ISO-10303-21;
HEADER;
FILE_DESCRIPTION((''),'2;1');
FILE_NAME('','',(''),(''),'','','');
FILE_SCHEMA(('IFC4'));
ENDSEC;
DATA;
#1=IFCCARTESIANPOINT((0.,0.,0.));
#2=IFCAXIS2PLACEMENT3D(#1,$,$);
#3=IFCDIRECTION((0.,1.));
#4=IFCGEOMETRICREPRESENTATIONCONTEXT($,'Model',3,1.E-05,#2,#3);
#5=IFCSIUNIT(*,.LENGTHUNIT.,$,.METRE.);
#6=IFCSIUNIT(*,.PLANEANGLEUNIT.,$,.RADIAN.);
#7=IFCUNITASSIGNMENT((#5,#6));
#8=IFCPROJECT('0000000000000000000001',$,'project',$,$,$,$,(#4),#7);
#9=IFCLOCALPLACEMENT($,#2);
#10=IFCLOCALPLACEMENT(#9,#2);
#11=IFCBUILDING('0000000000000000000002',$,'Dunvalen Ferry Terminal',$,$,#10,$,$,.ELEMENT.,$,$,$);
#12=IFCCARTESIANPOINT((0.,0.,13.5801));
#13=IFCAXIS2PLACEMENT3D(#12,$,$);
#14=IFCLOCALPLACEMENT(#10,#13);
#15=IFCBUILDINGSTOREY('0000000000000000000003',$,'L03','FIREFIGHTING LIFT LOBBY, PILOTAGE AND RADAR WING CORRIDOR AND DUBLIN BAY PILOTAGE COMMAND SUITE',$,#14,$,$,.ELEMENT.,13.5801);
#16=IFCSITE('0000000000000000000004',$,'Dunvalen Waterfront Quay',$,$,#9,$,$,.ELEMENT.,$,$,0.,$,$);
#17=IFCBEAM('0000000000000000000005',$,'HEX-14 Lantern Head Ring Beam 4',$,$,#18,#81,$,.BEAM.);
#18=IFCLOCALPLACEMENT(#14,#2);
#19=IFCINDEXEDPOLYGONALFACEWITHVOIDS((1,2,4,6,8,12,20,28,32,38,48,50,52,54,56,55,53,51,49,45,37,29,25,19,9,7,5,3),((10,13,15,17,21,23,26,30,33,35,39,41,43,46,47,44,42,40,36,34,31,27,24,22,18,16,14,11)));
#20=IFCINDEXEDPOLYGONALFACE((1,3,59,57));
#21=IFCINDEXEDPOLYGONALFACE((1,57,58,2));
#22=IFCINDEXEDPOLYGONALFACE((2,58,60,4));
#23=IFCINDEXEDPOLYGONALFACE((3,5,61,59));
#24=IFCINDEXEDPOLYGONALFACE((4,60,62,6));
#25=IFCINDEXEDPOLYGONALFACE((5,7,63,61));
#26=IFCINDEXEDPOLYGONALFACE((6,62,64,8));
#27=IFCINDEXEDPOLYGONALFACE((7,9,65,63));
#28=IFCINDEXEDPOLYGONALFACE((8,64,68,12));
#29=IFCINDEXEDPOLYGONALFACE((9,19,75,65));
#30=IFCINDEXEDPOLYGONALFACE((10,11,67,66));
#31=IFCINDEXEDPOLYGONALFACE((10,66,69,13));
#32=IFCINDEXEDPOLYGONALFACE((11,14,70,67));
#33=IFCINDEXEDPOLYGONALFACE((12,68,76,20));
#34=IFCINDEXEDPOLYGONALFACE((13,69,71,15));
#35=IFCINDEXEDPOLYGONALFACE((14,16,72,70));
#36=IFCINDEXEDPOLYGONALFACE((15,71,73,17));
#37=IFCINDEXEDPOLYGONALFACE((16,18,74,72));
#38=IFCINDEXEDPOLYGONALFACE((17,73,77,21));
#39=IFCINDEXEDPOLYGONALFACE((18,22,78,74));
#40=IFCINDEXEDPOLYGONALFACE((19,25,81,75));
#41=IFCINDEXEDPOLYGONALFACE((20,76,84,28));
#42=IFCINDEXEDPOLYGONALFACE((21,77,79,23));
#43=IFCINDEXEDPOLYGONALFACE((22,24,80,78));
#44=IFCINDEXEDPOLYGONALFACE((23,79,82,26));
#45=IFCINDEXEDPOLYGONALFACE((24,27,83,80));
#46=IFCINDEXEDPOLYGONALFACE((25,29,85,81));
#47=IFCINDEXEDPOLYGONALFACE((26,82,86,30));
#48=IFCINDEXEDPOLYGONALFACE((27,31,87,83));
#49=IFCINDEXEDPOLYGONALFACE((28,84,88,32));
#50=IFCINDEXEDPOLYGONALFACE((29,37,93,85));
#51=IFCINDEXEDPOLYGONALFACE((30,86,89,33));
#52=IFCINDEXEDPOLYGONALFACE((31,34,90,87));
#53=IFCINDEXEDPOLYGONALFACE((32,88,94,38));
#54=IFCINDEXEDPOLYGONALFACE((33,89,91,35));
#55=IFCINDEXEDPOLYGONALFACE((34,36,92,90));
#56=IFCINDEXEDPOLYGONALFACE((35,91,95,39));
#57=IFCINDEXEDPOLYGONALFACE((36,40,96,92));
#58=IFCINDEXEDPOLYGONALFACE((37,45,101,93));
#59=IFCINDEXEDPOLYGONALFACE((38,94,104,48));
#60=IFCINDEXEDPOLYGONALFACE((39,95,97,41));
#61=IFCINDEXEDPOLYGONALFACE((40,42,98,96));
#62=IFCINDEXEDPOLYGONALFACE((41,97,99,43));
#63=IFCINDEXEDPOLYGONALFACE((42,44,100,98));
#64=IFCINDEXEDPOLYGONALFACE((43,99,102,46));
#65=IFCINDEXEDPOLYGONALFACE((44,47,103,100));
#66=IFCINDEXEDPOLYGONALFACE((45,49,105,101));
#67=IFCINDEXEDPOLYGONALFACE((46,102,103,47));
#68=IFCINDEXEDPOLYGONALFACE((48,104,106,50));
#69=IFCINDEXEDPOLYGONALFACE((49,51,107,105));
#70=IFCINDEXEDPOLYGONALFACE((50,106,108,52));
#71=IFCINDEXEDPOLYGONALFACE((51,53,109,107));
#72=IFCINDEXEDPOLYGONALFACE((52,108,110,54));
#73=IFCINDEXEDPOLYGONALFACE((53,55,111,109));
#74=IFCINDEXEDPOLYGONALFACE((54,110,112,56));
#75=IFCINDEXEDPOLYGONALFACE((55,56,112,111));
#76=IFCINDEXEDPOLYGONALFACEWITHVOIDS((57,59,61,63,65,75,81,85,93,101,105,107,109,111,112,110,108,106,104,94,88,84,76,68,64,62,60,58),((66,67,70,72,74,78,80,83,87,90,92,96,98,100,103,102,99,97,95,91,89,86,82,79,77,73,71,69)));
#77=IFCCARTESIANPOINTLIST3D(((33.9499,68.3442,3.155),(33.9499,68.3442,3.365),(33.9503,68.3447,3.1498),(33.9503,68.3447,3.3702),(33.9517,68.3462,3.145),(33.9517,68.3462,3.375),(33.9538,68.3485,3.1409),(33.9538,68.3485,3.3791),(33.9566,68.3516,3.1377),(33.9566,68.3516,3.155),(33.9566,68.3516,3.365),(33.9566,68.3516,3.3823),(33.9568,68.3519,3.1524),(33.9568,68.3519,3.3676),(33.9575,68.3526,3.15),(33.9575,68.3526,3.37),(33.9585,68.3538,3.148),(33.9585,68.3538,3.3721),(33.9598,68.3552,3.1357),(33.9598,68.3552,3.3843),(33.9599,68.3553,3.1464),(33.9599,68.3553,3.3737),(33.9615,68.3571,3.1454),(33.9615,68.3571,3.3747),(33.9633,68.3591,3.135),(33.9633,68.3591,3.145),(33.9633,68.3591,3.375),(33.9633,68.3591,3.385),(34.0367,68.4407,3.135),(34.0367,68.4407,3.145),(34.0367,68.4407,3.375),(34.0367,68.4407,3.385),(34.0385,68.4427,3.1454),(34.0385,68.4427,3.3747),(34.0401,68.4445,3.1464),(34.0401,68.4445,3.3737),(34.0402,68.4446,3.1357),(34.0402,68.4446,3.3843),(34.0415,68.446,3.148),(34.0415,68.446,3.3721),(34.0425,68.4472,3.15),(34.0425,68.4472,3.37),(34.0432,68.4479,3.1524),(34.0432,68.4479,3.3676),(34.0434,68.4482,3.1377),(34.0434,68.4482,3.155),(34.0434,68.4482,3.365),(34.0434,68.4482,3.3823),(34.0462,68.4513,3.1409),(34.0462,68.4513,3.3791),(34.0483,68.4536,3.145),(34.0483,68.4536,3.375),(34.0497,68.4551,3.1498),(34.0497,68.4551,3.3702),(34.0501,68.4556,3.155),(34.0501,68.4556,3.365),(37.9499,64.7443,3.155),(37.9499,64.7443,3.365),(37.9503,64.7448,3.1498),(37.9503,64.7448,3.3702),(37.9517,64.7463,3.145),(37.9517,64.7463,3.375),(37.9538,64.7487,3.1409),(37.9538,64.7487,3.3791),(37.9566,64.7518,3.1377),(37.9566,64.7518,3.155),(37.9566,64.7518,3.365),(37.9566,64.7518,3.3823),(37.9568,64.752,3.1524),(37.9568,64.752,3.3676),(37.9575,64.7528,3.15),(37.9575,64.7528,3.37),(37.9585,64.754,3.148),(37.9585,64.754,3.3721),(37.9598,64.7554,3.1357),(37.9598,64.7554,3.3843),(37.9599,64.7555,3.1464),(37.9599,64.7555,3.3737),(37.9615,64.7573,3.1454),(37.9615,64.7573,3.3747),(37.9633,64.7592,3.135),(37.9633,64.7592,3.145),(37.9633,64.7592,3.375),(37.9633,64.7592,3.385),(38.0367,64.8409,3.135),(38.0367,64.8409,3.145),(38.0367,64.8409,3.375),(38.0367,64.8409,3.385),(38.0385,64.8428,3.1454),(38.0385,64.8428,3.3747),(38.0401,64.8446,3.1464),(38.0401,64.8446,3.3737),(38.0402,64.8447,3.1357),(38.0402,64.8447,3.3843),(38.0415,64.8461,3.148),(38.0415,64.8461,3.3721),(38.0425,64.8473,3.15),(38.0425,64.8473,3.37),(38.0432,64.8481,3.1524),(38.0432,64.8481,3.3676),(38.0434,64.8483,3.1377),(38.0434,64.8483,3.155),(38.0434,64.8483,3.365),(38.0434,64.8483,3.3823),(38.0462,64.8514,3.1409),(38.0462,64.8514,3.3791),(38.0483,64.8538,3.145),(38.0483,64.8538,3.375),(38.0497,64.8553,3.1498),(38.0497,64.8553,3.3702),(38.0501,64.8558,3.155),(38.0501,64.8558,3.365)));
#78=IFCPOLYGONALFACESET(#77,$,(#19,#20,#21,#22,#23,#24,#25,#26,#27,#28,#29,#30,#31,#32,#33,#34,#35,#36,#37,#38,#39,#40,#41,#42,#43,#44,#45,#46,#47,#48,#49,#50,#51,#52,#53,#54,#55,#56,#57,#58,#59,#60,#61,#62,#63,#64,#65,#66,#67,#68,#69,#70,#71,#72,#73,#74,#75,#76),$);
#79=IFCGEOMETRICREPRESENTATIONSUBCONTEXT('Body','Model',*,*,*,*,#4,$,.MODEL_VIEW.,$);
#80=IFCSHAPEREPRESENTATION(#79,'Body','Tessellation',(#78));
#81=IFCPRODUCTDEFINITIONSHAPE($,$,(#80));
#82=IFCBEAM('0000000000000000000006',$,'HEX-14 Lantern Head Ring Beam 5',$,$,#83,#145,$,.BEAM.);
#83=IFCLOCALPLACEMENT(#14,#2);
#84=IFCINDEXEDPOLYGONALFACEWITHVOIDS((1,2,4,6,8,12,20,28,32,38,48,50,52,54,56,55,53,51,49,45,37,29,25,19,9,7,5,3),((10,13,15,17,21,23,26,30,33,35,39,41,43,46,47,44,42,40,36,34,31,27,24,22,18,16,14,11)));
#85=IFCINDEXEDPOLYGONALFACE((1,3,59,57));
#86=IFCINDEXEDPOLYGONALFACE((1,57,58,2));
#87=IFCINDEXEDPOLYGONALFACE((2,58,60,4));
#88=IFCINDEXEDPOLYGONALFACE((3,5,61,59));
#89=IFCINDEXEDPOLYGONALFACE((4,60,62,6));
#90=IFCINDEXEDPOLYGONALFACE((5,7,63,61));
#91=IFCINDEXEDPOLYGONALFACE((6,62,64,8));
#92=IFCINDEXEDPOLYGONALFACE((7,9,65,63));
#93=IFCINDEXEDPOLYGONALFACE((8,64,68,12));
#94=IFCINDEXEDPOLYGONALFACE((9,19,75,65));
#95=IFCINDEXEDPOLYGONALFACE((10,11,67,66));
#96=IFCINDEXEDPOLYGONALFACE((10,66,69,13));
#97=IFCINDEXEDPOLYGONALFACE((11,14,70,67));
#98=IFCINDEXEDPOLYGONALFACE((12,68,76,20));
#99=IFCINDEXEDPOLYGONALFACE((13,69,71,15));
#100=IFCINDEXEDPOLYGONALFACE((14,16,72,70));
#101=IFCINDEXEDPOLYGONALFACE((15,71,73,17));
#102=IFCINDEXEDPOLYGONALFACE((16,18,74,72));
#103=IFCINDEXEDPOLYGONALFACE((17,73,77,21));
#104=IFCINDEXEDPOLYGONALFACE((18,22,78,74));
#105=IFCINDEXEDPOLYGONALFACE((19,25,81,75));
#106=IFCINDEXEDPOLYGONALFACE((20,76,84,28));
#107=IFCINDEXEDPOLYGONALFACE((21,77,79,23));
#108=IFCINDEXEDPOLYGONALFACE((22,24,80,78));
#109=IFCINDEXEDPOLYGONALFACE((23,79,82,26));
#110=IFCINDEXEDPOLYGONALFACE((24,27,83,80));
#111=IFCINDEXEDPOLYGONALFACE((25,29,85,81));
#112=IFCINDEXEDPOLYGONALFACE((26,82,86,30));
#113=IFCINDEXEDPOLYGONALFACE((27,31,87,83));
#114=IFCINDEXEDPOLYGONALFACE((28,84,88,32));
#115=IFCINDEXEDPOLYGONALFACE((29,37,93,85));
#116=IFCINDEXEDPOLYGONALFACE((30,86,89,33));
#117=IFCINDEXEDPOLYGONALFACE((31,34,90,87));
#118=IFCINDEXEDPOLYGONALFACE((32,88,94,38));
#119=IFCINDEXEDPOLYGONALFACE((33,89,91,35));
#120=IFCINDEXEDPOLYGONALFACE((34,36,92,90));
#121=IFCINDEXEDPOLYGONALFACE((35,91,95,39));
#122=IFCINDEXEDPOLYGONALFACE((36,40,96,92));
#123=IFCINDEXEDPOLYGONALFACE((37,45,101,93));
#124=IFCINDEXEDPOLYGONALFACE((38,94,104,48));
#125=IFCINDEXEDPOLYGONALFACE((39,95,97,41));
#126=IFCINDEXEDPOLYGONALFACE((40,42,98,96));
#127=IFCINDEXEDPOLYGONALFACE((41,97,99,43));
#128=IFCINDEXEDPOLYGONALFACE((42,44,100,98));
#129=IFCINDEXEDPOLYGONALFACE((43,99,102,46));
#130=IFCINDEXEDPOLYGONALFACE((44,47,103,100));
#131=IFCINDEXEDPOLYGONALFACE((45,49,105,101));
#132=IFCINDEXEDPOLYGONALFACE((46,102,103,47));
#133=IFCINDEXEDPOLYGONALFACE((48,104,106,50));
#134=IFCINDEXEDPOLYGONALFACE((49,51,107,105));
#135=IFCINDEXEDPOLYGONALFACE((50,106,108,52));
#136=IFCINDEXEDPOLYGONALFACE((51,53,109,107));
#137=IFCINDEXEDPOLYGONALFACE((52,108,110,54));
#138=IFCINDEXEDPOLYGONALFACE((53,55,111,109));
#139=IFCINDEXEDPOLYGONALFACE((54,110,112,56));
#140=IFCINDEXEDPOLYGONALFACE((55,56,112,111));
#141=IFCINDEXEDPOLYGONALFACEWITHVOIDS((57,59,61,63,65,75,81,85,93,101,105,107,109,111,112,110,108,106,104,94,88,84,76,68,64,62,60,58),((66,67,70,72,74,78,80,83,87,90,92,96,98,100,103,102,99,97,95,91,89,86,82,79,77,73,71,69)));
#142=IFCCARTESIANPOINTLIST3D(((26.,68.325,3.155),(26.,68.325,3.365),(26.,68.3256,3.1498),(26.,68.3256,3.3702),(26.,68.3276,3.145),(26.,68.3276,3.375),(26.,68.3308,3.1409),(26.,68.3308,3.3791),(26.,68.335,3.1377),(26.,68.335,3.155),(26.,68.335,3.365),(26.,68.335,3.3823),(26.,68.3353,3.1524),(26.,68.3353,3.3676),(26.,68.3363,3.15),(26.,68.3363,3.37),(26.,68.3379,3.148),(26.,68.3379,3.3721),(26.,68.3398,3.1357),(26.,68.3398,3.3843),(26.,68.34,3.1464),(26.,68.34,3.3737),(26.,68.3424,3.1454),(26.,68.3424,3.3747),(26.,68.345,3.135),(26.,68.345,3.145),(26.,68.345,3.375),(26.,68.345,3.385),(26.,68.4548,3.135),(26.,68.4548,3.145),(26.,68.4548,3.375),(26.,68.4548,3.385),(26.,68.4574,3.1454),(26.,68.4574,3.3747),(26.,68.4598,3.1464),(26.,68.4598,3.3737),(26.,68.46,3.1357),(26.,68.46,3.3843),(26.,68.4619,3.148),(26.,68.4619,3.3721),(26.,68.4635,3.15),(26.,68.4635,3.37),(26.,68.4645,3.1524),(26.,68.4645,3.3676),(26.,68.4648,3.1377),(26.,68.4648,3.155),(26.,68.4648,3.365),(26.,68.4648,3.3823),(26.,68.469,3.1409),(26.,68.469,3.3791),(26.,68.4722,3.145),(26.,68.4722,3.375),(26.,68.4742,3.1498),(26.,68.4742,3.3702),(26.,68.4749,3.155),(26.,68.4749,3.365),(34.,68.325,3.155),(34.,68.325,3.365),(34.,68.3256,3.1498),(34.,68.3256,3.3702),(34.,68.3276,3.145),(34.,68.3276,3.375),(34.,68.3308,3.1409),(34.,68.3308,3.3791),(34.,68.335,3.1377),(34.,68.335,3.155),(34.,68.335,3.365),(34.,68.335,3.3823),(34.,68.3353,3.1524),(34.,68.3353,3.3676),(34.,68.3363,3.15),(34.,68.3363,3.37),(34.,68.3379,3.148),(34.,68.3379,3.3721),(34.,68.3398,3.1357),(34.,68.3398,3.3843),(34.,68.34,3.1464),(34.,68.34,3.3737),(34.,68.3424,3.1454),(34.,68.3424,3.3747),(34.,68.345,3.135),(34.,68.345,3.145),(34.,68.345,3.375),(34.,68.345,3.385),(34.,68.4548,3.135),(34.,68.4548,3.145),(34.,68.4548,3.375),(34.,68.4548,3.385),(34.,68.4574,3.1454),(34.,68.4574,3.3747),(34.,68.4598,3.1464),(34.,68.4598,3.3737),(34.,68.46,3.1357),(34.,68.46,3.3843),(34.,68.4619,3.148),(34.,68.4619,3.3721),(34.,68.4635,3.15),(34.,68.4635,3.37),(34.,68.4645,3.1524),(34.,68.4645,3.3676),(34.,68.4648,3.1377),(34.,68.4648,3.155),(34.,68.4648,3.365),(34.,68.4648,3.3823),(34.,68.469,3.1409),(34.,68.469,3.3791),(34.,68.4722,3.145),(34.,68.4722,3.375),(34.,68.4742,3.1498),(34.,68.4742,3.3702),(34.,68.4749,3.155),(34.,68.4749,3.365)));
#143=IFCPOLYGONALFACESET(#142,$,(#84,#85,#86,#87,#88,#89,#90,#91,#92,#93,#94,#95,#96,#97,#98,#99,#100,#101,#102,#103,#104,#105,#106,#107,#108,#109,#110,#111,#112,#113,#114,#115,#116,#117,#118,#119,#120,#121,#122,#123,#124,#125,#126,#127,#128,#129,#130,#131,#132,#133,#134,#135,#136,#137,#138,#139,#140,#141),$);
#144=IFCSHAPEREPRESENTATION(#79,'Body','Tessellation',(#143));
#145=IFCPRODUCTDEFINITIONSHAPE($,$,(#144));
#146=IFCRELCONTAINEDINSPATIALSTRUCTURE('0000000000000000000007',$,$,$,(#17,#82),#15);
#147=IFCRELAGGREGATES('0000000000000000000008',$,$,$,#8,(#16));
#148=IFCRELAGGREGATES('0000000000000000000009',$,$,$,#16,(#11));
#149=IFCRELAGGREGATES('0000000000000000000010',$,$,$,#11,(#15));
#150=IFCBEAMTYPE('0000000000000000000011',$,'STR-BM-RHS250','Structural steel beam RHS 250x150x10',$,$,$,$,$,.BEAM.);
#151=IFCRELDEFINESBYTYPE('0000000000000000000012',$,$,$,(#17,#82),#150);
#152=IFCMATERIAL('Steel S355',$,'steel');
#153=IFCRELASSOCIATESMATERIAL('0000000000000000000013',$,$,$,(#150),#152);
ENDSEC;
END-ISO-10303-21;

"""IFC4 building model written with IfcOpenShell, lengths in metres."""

from ifc_helpers import new_model, si_unit, direction, frame, origin, origin_2d, place, context, subcontext, project, spatial, hollow_rectangle, extrude, material, material_profile, profile_set, type_object, element, save


model = new_model("IFC4")

# Units and contexts
model_context = context("Model", 3, precision=1e-05, world=origin(), true_north=direction((0.0, 1.0)))
body_context = subcontext(model_context, "Body", "Model", "MODEL_VIEW")
ifc_project = project(units=[si_unit("LENGTHUNIT", "METRE"), si_unit("PLANEANGLEUNIT", "RADIAN")], contexts=[model_context])

# Site, building, storey
site_placement = place(None, origin())
site = spatial("IfcSite", under=ifc_project, at=site_placement, Name="Dunvalen Waterfront Quay", CompositionType="ELEMENT", RefElevation=0.0)
building_placement = place(site_placement, origin())
building = spatial("IfcBuilding", under=site, at=building_placement, Name="Dunvalen Ferry Terminal", CompositionType="ELEMENT")
storey_placement = place(building_placement, frame((0.0, 0.0, 13.5801)))
storey = spatial("IfcBuildingStorey", under=building, at=storey_placement, Name="L03", Description="FIREFIGHTING LIFT LOBBY, PILOTAGE AND RADAR WING CORRIDOR AND DUBLIN BAY PILOTAGE COMMAND SUITE", CompositionType="ELEMENT", Elevation=13.5801)

# Beams
ifc_material_1 = material(Name="Steel S355", Category="steel")
ifc_material_profile_1 = material_profile(ifc_material_1, hollow_rectangle(XDim=0.1499, YDim=0.25, WallThickness=0.01, InnerFilletRadius=0.01, OuterFilletRadius=0.02, at=origin_2d()), Name="Steel S355")
ifc_profile_set_1 = profile_set([ifc_material_profile_1], Name="Steel S355")
beam_type_1 = type_object("IfcBeamType", Name="STR-BM-RHS250", Description="Structural steel beam RHS 250x150x10", PredefinedType="BEAM", material=ifc_profile_set_1)
beam_1_placement = place(storey_placement, frame((38.0, 64.8, 3.26), z_axis=(-0.743308, 0.66895, 0.0), x_axis=(-0.66895, -0.743308, 0.0)))
element("IfcBeam", 1, at=beam_1_placement, inside=storey, type_object=beam_type_1, Name="HEX-14 Lantern Head Ring Beam 4", PredefinedType="BEAM", context=body_context, shape_type="SweptSolid", body=[
    extrude(hollow_rectangle(XDim=0.1499, YDim=0.25, WallThickness=0.01, InnerFilletRadius=0.01, OuterFilletRadius=0.02, at=origin_2d()), origin(), (0.0, 0.0, 1.0), 5.3813),
])
beam_2_placement = place(storey_placement, frame((34.0, 68.3999, 3.26), z_axis=(-1.0, 0.0, 0.0), x_axis=(0.0, -1.0, 0.0)))
element("IfcBeam", 2, at=beam_2_placement, inside=storey, type_object=beam_type_1, Name="HEX-14 Lantern Head Ring Beam 5", PredefinedType="BEAM", context=body_context, shape_type="SweptSolid", body=[
    extrude(hollow_rectangle(XDim=0.1499, YDim=0.25, WallThickness=0.01, InnerFilletRadius=0.01, OuterFilletRadius=0.02, at=origin_2d()), origin(), (0.0, 0.0, 1.0), 8.0),
])

save(model, "model.ifc")
